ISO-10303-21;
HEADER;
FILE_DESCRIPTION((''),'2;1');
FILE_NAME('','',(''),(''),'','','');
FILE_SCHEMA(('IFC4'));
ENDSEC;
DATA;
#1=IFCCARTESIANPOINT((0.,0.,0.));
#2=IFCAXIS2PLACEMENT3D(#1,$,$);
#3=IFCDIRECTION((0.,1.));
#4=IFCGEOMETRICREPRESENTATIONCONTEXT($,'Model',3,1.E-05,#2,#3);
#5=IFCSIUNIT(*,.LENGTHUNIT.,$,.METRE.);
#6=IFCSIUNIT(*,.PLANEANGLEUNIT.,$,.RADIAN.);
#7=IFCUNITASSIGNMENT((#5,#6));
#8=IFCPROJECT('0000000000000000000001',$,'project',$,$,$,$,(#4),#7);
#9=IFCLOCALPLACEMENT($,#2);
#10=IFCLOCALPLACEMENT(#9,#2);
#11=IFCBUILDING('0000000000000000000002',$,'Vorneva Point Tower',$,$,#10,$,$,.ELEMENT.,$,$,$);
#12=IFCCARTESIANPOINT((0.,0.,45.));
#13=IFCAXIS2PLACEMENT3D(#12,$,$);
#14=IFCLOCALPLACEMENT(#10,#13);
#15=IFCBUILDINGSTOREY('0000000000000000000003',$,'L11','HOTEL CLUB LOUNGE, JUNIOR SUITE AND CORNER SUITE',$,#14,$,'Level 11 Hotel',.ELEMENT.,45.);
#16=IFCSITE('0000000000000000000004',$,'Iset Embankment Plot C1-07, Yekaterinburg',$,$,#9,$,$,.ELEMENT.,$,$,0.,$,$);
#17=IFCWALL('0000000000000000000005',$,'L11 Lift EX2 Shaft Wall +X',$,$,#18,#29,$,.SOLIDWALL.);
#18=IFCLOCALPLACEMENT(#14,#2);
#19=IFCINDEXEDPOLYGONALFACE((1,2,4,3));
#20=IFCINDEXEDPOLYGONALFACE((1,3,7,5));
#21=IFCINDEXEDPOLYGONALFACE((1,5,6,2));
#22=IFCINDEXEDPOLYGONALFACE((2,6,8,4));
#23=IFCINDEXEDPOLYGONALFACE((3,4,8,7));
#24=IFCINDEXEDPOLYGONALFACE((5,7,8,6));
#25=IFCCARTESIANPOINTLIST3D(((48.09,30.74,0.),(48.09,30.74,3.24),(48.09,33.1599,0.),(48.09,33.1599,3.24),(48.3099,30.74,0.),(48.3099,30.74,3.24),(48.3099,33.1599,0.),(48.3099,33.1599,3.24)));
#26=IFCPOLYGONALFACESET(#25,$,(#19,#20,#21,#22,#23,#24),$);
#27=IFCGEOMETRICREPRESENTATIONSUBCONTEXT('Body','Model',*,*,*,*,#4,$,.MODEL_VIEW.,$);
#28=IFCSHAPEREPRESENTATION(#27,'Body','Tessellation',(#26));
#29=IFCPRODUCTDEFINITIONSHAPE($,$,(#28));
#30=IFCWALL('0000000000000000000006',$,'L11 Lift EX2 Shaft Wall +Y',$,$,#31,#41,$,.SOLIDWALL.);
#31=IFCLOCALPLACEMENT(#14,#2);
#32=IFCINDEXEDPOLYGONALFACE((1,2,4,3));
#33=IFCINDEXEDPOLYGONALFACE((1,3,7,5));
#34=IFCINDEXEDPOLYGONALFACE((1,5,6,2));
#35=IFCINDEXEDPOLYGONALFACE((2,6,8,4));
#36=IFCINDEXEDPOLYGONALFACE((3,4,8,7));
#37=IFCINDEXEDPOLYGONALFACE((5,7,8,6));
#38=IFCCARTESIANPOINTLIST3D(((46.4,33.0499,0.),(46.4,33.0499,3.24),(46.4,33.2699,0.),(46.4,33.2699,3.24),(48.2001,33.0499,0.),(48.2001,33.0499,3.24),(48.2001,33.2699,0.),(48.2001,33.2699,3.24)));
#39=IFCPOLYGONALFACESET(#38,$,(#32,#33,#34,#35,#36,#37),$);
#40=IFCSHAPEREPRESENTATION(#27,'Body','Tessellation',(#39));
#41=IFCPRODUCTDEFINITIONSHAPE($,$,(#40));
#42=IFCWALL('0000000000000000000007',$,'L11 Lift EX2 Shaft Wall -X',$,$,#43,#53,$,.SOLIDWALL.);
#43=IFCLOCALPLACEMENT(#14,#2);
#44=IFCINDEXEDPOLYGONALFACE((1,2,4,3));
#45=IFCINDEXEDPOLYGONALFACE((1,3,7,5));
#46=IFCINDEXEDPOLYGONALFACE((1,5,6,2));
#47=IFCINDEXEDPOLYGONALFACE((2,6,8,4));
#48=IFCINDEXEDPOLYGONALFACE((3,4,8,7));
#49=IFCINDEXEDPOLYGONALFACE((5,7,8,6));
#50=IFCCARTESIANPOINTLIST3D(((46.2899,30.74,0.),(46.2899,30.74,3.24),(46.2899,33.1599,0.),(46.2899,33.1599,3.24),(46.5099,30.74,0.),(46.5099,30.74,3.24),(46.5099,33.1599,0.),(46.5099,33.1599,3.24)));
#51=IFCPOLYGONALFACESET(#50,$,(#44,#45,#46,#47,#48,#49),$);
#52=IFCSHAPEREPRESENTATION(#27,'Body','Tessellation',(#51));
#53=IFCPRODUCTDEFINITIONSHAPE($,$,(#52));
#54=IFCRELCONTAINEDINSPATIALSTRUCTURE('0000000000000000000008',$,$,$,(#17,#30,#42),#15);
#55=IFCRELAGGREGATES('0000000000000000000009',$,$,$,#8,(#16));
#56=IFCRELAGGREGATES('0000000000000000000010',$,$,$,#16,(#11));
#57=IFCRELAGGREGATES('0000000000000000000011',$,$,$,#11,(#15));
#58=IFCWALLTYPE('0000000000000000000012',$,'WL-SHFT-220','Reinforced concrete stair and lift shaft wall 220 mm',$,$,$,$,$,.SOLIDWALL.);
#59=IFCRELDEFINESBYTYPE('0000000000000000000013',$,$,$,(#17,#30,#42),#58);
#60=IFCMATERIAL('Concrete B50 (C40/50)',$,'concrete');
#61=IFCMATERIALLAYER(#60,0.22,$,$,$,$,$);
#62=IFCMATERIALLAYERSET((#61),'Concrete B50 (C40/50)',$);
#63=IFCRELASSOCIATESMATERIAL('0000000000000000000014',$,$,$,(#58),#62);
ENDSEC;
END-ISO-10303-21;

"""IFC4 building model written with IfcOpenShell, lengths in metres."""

from ifc_helpers import new_model, si_unit, direction, frame, frame_2d, origin, place, context, subcontext, project, spatial, rectangle, extrude, material, layer, layer_set, type_object, element, save


model = new_model("IFC4")

# Units and contexts
model_context = context("Model", 3, precision=1e-05, world=origin(), true_north=direction((0.0, 1.0)))
body_context = subcontext(model_context, "Body", "Model", "MODEL_VIEW")
ifc_project = project(units=[si_unit("LENGTHUNIT", "METRE"), si_unit("PLANEANGLEUNIT", "RADIAN")], contexts=[model_context])

# Site, building, storey
site_placement = place(None, origin())
site = spatial("IfcSite", under=ifc_project, at=site_placement, Name="Iset Embankment Plot C1-07, Yekaterinburg", CompositionType="ELEMENT", RefElevation=0.0)
building_placement = place(site_placement, origin())
building = spatial("IfcBuilding", under=site, at=building_placement, Name="Vorneva Point Tower", CompositionType="ELEMENT")
storey_placement = place(building_placement, frame((0.0, 0.0, 45.0)))
storey = spatial("IfcBuildingStorey", under=building, at=storey_placement, Name="L11", Description="HOTEL CLUB LOUNGE, JUNIOR SUITE AND CORNER SUITE", LongName="Level 11 Hotel", CompositionType="ELEMENT", Elevation=45.0)

# Walls
ifc_material_1 = material(Name="Concrete B50 (C40/50)", Category="concrete")
ifc_layer_1 = layer(ifc_material_1, 0.22)
ifc_layer_set_1 = layer_set([ifc_layer_1], Name="Concrete B50 (C40/50)")
wall_type_1 = type_object("IfcWallType", Name="WL-SHFT-220", Description="Reinforced concrete stair and lift shaft wall 220 mm", PredefinedType="SOLIDWALL", material=ifc_layer_set_1)
wall_1_placement = place(storey_placement, frame((48.2, 30.74, 0.0), z_axis=(0.0, 0.0, 1.0), x_axis=(0.0, 1.0, 0.0)))
element("IfcWall", 1, at=wall_1_placement, inside=storey, type_object=wall_type_1, Name="L11 Lift EX2 Shaft Wall +X", PredefinedType="SOLIDWALL", context=body_context, shape_type="SweptSolid", body=[
    extrude(rectangle(XDim=2.4199, YDim=0.22, at=frame_2d((1.21, 0.0))), origin(), (0.0, 0.0, 1.0), 3.24),
])
wall_2_placement = place(storey_placement, frame((48.2, 33.1599, 0.0), z_axis=(0.0, 0.0, 1.0), x_axis=(-1.0, 0.0, 0.0)))
element("IfcWall", 2, at=wall_2_placement, inside=storey, type_object=wall_type_1, Name="L11 Lift EX2 Shaft Wall +Y", PredefinedType="SOLIDWALL", context=body_context, shape_type="SweptSolid", body=[
    extrude(rectangle(XDim=1.8, YDim=0.22, at=frame_2d((0.8999, 0.0))), origin(), (0.0, 0.0, 1.0), 3.24),
])
wall_3_placement = place(storey_placement, frame((46.3999, 33.1599, 0.0), z_axis=(0.0, 0.0, 1.0), x_axis=(0.0, -1.0, 0.0)))
element("IfcWall", 3, at=wall_3_placement, inside=storey, type_object=wall_type_1, Name="L11 Lift EX2 Shaft Wall -X", PredefinedType="SOLIDWALL", context=body_context, shape_type="SweptSolid", body=[
    extrude(rectangle(XDim=2.4199, YDim=0.22, at=frame_2d((1.21, 0.0))), origin(), (0.0, 0.0, 1.0), 3.24),
])

save(model, "model.ifc")
